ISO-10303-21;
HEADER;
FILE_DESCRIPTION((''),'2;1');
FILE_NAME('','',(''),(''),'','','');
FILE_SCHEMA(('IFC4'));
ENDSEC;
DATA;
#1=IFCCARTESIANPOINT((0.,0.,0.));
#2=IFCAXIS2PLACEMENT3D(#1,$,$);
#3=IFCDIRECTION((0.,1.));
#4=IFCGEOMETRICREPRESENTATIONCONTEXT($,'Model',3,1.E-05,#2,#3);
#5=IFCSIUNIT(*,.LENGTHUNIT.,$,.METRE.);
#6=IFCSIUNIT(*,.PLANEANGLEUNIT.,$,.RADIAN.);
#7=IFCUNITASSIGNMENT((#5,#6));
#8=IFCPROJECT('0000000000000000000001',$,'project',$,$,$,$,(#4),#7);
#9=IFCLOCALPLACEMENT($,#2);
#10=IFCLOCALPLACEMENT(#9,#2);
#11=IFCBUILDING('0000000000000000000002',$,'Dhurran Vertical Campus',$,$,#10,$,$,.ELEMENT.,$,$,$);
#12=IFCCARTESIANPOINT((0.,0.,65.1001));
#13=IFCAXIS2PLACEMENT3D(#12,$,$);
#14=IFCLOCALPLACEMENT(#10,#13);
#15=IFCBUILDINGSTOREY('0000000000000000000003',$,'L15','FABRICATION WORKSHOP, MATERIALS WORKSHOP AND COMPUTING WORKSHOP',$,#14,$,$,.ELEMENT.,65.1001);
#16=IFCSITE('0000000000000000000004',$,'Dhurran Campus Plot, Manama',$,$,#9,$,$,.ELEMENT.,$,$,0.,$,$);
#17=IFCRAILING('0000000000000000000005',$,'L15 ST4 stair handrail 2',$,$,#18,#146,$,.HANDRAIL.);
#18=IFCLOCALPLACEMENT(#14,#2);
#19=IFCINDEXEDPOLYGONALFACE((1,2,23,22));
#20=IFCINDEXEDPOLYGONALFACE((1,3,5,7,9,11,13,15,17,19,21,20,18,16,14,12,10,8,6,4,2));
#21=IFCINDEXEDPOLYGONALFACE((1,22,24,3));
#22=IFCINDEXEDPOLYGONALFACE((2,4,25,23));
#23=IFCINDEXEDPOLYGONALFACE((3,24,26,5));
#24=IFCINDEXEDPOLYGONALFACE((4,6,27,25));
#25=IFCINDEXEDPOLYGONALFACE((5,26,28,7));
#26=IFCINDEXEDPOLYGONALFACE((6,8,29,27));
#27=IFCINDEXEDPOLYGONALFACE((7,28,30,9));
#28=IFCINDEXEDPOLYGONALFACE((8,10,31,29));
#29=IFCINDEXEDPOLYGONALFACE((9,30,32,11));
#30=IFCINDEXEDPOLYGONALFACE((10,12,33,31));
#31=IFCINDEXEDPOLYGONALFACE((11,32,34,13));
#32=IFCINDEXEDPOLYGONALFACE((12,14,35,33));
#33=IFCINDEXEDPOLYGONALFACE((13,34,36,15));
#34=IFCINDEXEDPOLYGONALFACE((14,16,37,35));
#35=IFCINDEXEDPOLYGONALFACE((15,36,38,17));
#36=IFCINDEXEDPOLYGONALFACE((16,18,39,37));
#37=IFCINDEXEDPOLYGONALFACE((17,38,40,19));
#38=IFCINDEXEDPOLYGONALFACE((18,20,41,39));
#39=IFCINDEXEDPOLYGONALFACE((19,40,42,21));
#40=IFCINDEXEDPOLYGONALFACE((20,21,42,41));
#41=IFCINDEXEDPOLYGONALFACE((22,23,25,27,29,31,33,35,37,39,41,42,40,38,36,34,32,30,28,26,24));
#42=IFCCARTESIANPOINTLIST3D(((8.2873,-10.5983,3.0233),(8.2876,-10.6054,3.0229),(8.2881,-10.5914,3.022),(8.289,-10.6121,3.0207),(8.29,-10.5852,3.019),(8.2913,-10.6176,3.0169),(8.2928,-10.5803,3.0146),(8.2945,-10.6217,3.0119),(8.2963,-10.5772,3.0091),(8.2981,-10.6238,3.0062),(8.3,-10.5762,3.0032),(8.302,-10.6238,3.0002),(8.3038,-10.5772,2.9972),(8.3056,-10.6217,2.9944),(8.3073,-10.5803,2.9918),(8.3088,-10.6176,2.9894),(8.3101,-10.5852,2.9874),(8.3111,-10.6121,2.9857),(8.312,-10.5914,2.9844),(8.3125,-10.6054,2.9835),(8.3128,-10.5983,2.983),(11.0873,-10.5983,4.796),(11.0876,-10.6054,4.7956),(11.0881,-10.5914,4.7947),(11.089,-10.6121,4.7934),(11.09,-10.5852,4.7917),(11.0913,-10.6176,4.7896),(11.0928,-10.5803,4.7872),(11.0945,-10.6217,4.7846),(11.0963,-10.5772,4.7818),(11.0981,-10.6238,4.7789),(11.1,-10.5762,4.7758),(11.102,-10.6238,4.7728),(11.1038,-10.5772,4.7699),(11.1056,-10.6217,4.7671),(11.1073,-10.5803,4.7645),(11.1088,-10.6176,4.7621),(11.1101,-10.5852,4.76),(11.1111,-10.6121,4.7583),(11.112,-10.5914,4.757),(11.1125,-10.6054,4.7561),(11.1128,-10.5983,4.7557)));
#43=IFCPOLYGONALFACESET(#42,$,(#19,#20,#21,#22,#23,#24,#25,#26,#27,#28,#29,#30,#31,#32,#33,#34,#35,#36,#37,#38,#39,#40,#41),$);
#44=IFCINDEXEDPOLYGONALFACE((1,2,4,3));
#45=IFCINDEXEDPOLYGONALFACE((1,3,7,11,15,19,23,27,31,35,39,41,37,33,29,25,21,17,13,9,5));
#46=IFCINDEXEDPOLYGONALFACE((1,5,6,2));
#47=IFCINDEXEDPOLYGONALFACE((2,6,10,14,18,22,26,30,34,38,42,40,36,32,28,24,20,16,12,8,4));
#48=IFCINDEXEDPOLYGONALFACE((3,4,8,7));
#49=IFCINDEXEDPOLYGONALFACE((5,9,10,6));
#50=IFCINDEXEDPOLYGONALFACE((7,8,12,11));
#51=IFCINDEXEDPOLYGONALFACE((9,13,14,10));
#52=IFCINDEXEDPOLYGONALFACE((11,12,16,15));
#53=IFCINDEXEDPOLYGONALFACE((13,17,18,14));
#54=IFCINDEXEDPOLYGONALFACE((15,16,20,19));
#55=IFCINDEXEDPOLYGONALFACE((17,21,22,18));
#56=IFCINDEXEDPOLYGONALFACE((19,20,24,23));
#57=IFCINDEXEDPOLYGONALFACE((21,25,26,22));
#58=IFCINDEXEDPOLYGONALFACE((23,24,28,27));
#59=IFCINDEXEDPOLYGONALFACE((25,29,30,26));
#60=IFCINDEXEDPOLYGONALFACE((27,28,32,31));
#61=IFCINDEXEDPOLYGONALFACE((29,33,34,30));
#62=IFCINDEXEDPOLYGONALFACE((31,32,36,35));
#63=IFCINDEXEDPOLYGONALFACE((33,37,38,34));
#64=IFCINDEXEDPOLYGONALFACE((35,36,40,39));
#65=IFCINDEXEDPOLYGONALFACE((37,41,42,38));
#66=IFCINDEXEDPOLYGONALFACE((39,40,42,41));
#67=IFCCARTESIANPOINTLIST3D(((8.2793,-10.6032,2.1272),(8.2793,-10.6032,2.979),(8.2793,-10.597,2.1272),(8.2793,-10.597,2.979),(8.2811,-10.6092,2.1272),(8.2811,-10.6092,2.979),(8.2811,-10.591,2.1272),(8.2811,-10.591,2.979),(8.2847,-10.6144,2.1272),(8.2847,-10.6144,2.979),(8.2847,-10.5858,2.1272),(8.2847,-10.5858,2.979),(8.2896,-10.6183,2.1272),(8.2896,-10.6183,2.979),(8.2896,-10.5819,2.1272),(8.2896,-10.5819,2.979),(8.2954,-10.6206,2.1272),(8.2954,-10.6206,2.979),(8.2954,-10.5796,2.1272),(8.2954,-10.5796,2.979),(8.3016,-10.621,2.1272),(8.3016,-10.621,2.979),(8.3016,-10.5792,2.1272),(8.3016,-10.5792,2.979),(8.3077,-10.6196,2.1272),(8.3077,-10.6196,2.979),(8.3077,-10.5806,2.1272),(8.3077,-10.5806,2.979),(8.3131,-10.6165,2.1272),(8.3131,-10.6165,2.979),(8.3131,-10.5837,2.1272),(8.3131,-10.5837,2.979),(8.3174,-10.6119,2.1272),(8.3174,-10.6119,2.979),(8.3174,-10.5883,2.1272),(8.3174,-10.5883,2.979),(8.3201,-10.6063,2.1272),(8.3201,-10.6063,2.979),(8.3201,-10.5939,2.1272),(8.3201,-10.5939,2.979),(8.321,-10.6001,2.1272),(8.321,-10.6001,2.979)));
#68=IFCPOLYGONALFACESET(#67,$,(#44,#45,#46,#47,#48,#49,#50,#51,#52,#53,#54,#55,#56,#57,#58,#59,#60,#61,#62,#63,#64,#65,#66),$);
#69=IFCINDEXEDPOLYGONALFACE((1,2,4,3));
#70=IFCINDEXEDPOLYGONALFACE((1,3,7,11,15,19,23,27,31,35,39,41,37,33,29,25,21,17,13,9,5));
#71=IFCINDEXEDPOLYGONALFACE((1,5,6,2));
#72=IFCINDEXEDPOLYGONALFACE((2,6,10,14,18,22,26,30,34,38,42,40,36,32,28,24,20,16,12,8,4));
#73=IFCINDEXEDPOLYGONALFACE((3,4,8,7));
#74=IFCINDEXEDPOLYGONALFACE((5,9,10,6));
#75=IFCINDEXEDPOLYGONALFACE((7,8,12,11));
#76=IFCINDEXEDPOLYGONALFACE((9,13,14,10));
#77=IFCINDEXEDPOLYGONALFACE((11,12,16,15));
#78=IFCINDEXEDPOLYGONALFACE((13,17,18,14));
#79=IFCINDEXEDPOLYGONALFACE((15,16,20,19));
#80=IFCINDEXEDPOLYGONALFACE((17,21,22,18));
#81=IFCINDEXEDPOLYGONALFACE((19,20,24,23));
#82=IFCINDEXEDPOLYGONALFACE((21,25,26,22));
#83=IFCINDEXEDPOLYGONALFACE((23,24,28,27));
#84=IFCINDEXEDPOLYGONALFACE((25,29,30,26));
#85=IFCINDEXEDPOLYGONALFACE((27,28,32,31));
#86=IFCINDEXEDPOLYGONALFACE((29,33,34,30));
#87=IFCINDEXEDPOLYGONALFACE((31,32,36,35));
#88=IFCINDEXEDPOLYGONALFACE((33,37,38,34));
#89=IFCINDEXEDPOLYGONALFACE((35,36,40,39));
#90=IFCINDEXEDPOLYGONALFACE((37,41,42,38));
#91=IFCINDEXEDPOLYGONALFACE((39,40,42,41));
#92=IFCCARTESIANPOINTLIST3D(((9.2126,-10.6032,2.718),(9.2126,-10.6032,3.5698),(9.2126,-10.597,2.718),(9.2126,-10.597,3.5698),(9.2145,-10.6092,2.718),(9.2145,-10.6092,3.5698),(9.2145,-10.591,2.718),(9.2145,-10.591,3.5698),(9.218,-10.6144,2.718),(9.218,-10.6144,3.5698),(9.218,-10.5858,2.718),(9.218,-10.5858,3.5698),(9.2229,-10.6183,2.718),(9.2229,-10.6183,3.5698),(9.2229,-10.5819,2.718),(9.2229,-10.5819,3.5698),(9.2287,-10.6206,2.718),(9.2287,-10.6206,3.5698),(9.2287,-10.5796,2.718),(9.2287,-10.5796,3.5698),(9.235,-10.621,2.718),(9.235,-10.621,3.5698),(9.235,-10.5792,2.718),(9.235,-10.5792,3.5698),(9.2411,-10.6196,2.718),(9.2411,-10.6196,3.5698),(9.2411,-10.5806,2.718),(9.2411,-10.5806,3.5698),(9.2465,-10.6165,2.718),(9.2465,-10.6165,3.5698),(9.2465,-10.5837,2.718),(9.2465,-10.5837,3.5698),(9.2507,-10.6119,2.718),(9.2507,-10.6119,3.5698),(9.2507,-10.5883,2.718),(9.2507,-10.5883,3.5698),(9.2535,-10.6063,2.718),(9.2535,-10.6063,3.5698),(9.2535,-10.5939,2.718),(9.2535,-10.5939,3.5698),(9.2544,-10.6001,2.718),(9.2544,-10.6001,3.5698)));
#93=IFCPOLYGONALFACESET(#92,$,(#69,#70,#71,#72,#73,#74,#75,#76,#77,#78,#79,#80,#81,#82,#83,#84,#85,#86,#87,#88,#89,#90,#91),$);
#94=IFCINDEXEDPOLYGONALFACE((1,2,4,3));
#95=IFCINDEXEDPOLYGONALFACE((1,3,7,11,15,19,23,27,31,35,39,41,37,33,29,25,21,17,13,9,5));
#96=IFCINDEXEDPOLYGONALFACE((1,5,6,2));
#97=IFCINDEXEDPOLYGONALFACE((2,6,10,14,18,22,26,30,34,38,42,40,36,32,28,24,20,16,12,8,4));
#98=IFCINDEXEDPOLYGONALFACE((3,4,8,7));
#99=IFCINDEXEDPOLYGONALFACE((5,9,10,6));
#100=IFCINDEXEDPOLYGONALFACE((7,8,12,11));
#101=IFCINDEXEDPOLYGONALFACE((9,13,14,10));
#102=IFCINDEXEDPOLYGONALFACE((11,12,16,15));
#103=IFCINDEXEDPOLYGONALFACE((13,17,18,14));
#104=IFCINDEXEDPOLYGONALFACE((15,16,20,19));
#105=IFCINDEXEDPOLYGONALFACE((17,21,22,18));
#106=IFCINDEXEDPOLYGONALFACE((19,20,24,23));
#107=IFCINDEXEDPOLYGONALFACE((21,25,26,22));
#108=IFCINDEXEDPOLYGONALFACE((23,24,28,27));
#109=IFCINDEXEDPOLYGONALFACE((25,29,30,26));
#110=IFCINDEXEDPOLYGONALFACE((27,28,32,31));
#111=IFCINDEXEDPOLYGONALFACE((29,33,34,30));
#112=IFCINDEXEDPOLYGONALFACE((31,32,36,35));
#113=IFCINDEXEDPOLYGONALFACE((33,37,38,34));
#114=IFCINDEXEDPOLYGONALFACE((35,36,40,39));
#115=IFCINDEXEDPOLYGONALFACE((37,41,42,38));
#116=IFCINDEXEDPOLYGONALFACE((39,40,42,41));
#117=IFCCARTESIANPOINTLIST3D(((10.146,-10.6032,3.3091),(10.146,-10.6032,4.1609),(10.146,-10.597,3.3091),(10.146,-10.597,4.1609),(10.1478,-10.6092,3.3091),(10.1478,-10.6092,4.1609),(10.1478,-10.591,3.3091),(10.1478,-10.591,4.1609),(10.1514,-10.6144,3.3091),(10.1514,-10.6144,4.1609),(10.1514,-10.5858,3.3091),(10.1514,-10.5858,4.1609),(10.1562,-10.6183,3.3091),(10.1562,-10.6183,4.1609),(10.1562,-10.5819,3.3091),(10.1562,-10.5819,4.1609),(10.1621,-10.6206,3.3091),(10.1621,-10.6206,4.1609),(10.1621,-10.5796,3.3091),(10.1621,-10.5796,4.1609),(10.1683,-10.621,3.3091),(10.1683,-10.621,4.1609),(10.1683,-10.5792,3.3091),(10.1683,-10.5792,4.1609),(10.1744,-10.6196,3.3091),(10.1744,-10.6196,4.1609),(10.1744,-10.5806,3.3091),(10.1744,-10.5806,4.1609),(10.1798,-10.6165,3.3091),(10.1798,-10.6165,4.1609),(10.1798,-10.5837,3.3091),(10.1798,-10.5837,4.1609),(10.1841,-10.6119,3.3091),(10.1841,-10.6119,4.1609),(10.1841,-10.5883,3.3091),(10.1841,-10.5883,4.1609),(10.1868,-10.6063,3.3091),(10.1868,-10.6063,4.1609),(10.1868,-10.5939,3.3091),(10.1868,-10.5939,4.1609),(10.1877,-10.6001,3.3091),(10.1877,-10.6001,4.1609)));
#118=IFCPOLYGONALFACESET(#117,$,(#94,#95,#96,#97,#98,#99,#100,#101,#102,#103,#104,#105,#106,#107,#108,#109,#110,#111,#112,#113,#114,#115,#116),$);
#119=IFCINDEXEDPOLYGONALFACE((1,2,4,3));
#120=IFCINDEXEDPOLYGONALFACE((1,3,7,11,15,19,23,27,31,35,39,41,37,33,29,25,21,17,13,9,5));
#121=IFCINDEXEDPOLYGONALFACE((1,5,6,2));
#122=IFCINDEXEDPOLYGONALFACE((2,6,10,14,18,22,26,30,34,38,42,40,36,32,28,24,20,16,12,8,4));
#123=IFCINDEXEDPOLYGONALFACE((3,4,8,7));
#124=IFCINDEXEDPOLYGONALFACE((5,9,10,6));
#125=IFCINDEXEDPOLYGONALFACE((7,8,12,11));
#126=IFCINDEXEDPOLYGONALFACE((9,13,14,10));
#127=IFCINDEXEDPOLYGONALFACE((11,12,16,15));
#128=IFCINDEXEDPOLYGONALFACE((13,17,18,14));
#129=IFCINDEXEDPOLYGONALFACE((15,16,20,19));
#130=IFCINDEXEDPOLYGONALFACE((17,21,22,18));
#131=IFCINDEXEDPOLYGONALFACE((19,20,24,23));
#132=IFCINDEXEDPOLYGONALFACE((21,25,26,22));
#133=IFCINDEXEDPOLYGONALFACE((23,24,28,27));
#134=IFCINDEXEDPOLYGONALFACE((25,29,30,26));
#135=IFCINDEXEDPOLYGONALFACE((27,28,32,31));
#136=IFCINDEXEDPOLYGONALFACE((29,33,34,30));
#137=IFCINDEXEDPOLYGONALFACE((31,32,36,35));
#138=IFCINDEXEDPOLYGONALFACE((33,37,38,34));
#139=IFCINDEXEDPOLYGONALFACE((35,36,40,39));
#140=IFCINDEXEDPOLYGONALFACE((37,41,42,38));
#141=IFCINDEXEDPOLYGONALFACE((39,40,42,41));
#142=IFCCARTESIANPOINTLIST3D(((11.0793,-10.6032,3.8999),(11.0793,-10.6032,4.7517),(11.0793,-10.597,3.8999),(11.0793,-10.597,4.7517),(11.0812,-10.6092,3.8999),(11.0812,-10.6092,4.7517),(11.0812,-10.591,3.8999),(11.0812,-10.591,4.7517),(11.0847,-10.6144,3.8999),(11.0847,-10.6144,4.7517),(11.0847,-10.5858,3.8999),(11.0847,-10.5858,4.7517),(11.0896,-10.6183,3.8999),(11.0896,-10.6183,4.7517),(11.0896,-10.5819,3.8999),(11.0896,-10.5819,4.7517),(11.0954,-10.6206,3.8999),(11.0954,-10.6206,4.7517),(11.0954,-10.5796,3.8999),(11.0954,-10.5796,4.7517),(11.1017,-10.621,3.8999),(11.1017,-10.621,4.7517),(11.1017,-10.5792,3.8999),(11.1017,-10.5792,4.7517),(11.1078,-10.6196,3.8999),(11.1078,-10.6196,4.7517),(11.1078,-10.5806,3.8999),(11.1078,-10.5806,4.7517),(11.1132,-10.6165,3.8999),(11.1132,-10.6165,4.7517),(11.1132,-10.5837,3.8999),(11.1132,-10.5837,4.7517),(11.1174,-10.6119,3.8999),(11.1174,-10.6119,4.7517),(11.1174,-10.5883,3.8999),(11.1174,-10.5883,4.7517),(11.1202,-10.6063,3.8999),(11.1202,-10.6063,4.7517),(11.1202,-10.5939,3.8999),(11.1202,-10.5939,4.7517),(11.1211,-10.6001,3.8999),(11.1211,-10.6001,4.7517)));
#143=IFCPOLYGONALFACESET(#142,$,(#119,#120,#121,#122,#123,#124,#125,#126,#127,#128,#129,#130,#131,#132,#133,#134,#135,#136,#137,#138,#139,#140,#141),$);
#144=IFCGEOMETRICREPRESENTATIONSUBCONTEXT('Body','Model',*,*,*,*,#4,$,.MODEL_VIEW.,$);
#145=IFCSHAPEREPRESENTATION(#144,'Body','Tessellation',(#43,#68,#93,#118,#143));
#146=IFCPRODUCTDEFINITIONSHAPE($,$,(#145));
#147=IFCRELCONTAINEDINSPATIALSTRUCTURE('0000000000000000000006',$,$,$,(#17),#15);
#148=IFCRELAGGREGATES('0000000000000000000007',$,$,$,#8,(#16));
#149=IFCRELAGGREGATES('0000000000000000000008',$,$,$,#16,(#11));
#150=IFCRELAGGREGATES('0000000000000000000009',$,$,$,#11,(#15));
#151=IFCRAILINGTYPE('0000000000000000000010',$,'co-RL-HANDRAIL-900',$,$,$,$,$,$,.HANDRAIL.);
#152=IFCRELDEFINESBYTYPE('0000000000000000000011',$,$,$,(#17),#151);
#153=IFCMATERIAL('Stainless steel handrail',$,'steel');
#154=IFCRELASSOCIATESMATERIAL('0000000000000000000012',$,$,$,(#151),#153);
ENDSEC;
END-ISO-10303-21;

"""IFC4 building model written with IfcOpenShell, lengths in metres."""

from ifc_helpers import new_model, si_unit, direction, frame, origin, origin_2d, place, context, subcontext, project, spatial, circle, extrude, material, type_object, element, save


model = new_model("IFC4")

# Units and contexts
model_context = context("Model", 3, precision=1e-05, world=origin(), true_north=direction((0.0, 1.0)))
body_context = subcontext(model_context, "Body", "Model", "MODEL_VIEW")
ifc_project = project(units=[si_unit("LENGTHUNIT", "METRE"), si_unit("PLANEANGLEUNIT", "RADIAN")], contexts=[model_context])

# Site, building, storey
site_placement = place(None, origin())
site = spatial("IfcSite", under=ifc_project, at=site_placement, Name="Dhurran Campus Plot, Manama", CompositionType="ELEMENT", RefElevation=0.0)
building_placement = place(site_placement, origin())
building = spatial("IfcBuilding", under=site, at=building_placement, Name="Dhurran Vertical Campus", CompositionType="ELEMENT")
storey_placement = place(building_placement, frame((0.0, 0.0, 65.1001)))
storey = spatial("IfcBuildingStorey", under=building, at=storey_placement, Name="L15", Description="FABRICATION WORKSHOP, MATERIALS WORKSHOP AND COMPUTING WORKSHOP", CompositionType="ELEMENT", Elevation=65.1001)

# Railing
ifc_material_1 = material(Name="Stainless steel handrail", Category="steel")
railing_type_1 = type_object("IfcRailingType", Name="co-RL-HANDRAIL-900", PredefinedType="HANDRAIL", material=ifc_material_1)
railing_1_placement = place(storey_placement, frame((8.3, -10.6001, 2.1272)))
element("IfcRailing", 1, at=railing_1_placement, inside=storey, type_object=railing_type_1, Name="L15 ST4 stair handrail 2", PredefinedType="HANDRAIL", context=body_context, shape_type="SweptSolid", body=[
    extrude(circle(Radius=0.0239, at=origin_2d()), frame((0.0, 0.0, 0.876), z_axis=(0.844909, 0.0, 0.53491), x_axis=(0.0, 1.0, 0.0)), (0.0, 0.0, 1.0), 3.314),
    extrude(circle(Radius=0.021, at=origin_2d()), origin(), (0.0, 0.0, 1.0), 0.8518),
    extrude(circle(Radius=0.021, at=origin_2d()), frame((0.9333, 0.0, 0.5908)), (0.0, 0.0, 1.0), 0.8518),
    extrude(circle(Radius=0.021, at=origin_2d()), frame((1.8667, 0.0, 1.1819)), (0.0, 0.0, 1.0), 0.8518),
    extrude(circle(Radius=0.021, at=origin_2d()), frame((2.8, 0.0, 1.7727)), (0.0, 0.0, 1.0), 0.8518),
])

save(model, "model.ifc")
